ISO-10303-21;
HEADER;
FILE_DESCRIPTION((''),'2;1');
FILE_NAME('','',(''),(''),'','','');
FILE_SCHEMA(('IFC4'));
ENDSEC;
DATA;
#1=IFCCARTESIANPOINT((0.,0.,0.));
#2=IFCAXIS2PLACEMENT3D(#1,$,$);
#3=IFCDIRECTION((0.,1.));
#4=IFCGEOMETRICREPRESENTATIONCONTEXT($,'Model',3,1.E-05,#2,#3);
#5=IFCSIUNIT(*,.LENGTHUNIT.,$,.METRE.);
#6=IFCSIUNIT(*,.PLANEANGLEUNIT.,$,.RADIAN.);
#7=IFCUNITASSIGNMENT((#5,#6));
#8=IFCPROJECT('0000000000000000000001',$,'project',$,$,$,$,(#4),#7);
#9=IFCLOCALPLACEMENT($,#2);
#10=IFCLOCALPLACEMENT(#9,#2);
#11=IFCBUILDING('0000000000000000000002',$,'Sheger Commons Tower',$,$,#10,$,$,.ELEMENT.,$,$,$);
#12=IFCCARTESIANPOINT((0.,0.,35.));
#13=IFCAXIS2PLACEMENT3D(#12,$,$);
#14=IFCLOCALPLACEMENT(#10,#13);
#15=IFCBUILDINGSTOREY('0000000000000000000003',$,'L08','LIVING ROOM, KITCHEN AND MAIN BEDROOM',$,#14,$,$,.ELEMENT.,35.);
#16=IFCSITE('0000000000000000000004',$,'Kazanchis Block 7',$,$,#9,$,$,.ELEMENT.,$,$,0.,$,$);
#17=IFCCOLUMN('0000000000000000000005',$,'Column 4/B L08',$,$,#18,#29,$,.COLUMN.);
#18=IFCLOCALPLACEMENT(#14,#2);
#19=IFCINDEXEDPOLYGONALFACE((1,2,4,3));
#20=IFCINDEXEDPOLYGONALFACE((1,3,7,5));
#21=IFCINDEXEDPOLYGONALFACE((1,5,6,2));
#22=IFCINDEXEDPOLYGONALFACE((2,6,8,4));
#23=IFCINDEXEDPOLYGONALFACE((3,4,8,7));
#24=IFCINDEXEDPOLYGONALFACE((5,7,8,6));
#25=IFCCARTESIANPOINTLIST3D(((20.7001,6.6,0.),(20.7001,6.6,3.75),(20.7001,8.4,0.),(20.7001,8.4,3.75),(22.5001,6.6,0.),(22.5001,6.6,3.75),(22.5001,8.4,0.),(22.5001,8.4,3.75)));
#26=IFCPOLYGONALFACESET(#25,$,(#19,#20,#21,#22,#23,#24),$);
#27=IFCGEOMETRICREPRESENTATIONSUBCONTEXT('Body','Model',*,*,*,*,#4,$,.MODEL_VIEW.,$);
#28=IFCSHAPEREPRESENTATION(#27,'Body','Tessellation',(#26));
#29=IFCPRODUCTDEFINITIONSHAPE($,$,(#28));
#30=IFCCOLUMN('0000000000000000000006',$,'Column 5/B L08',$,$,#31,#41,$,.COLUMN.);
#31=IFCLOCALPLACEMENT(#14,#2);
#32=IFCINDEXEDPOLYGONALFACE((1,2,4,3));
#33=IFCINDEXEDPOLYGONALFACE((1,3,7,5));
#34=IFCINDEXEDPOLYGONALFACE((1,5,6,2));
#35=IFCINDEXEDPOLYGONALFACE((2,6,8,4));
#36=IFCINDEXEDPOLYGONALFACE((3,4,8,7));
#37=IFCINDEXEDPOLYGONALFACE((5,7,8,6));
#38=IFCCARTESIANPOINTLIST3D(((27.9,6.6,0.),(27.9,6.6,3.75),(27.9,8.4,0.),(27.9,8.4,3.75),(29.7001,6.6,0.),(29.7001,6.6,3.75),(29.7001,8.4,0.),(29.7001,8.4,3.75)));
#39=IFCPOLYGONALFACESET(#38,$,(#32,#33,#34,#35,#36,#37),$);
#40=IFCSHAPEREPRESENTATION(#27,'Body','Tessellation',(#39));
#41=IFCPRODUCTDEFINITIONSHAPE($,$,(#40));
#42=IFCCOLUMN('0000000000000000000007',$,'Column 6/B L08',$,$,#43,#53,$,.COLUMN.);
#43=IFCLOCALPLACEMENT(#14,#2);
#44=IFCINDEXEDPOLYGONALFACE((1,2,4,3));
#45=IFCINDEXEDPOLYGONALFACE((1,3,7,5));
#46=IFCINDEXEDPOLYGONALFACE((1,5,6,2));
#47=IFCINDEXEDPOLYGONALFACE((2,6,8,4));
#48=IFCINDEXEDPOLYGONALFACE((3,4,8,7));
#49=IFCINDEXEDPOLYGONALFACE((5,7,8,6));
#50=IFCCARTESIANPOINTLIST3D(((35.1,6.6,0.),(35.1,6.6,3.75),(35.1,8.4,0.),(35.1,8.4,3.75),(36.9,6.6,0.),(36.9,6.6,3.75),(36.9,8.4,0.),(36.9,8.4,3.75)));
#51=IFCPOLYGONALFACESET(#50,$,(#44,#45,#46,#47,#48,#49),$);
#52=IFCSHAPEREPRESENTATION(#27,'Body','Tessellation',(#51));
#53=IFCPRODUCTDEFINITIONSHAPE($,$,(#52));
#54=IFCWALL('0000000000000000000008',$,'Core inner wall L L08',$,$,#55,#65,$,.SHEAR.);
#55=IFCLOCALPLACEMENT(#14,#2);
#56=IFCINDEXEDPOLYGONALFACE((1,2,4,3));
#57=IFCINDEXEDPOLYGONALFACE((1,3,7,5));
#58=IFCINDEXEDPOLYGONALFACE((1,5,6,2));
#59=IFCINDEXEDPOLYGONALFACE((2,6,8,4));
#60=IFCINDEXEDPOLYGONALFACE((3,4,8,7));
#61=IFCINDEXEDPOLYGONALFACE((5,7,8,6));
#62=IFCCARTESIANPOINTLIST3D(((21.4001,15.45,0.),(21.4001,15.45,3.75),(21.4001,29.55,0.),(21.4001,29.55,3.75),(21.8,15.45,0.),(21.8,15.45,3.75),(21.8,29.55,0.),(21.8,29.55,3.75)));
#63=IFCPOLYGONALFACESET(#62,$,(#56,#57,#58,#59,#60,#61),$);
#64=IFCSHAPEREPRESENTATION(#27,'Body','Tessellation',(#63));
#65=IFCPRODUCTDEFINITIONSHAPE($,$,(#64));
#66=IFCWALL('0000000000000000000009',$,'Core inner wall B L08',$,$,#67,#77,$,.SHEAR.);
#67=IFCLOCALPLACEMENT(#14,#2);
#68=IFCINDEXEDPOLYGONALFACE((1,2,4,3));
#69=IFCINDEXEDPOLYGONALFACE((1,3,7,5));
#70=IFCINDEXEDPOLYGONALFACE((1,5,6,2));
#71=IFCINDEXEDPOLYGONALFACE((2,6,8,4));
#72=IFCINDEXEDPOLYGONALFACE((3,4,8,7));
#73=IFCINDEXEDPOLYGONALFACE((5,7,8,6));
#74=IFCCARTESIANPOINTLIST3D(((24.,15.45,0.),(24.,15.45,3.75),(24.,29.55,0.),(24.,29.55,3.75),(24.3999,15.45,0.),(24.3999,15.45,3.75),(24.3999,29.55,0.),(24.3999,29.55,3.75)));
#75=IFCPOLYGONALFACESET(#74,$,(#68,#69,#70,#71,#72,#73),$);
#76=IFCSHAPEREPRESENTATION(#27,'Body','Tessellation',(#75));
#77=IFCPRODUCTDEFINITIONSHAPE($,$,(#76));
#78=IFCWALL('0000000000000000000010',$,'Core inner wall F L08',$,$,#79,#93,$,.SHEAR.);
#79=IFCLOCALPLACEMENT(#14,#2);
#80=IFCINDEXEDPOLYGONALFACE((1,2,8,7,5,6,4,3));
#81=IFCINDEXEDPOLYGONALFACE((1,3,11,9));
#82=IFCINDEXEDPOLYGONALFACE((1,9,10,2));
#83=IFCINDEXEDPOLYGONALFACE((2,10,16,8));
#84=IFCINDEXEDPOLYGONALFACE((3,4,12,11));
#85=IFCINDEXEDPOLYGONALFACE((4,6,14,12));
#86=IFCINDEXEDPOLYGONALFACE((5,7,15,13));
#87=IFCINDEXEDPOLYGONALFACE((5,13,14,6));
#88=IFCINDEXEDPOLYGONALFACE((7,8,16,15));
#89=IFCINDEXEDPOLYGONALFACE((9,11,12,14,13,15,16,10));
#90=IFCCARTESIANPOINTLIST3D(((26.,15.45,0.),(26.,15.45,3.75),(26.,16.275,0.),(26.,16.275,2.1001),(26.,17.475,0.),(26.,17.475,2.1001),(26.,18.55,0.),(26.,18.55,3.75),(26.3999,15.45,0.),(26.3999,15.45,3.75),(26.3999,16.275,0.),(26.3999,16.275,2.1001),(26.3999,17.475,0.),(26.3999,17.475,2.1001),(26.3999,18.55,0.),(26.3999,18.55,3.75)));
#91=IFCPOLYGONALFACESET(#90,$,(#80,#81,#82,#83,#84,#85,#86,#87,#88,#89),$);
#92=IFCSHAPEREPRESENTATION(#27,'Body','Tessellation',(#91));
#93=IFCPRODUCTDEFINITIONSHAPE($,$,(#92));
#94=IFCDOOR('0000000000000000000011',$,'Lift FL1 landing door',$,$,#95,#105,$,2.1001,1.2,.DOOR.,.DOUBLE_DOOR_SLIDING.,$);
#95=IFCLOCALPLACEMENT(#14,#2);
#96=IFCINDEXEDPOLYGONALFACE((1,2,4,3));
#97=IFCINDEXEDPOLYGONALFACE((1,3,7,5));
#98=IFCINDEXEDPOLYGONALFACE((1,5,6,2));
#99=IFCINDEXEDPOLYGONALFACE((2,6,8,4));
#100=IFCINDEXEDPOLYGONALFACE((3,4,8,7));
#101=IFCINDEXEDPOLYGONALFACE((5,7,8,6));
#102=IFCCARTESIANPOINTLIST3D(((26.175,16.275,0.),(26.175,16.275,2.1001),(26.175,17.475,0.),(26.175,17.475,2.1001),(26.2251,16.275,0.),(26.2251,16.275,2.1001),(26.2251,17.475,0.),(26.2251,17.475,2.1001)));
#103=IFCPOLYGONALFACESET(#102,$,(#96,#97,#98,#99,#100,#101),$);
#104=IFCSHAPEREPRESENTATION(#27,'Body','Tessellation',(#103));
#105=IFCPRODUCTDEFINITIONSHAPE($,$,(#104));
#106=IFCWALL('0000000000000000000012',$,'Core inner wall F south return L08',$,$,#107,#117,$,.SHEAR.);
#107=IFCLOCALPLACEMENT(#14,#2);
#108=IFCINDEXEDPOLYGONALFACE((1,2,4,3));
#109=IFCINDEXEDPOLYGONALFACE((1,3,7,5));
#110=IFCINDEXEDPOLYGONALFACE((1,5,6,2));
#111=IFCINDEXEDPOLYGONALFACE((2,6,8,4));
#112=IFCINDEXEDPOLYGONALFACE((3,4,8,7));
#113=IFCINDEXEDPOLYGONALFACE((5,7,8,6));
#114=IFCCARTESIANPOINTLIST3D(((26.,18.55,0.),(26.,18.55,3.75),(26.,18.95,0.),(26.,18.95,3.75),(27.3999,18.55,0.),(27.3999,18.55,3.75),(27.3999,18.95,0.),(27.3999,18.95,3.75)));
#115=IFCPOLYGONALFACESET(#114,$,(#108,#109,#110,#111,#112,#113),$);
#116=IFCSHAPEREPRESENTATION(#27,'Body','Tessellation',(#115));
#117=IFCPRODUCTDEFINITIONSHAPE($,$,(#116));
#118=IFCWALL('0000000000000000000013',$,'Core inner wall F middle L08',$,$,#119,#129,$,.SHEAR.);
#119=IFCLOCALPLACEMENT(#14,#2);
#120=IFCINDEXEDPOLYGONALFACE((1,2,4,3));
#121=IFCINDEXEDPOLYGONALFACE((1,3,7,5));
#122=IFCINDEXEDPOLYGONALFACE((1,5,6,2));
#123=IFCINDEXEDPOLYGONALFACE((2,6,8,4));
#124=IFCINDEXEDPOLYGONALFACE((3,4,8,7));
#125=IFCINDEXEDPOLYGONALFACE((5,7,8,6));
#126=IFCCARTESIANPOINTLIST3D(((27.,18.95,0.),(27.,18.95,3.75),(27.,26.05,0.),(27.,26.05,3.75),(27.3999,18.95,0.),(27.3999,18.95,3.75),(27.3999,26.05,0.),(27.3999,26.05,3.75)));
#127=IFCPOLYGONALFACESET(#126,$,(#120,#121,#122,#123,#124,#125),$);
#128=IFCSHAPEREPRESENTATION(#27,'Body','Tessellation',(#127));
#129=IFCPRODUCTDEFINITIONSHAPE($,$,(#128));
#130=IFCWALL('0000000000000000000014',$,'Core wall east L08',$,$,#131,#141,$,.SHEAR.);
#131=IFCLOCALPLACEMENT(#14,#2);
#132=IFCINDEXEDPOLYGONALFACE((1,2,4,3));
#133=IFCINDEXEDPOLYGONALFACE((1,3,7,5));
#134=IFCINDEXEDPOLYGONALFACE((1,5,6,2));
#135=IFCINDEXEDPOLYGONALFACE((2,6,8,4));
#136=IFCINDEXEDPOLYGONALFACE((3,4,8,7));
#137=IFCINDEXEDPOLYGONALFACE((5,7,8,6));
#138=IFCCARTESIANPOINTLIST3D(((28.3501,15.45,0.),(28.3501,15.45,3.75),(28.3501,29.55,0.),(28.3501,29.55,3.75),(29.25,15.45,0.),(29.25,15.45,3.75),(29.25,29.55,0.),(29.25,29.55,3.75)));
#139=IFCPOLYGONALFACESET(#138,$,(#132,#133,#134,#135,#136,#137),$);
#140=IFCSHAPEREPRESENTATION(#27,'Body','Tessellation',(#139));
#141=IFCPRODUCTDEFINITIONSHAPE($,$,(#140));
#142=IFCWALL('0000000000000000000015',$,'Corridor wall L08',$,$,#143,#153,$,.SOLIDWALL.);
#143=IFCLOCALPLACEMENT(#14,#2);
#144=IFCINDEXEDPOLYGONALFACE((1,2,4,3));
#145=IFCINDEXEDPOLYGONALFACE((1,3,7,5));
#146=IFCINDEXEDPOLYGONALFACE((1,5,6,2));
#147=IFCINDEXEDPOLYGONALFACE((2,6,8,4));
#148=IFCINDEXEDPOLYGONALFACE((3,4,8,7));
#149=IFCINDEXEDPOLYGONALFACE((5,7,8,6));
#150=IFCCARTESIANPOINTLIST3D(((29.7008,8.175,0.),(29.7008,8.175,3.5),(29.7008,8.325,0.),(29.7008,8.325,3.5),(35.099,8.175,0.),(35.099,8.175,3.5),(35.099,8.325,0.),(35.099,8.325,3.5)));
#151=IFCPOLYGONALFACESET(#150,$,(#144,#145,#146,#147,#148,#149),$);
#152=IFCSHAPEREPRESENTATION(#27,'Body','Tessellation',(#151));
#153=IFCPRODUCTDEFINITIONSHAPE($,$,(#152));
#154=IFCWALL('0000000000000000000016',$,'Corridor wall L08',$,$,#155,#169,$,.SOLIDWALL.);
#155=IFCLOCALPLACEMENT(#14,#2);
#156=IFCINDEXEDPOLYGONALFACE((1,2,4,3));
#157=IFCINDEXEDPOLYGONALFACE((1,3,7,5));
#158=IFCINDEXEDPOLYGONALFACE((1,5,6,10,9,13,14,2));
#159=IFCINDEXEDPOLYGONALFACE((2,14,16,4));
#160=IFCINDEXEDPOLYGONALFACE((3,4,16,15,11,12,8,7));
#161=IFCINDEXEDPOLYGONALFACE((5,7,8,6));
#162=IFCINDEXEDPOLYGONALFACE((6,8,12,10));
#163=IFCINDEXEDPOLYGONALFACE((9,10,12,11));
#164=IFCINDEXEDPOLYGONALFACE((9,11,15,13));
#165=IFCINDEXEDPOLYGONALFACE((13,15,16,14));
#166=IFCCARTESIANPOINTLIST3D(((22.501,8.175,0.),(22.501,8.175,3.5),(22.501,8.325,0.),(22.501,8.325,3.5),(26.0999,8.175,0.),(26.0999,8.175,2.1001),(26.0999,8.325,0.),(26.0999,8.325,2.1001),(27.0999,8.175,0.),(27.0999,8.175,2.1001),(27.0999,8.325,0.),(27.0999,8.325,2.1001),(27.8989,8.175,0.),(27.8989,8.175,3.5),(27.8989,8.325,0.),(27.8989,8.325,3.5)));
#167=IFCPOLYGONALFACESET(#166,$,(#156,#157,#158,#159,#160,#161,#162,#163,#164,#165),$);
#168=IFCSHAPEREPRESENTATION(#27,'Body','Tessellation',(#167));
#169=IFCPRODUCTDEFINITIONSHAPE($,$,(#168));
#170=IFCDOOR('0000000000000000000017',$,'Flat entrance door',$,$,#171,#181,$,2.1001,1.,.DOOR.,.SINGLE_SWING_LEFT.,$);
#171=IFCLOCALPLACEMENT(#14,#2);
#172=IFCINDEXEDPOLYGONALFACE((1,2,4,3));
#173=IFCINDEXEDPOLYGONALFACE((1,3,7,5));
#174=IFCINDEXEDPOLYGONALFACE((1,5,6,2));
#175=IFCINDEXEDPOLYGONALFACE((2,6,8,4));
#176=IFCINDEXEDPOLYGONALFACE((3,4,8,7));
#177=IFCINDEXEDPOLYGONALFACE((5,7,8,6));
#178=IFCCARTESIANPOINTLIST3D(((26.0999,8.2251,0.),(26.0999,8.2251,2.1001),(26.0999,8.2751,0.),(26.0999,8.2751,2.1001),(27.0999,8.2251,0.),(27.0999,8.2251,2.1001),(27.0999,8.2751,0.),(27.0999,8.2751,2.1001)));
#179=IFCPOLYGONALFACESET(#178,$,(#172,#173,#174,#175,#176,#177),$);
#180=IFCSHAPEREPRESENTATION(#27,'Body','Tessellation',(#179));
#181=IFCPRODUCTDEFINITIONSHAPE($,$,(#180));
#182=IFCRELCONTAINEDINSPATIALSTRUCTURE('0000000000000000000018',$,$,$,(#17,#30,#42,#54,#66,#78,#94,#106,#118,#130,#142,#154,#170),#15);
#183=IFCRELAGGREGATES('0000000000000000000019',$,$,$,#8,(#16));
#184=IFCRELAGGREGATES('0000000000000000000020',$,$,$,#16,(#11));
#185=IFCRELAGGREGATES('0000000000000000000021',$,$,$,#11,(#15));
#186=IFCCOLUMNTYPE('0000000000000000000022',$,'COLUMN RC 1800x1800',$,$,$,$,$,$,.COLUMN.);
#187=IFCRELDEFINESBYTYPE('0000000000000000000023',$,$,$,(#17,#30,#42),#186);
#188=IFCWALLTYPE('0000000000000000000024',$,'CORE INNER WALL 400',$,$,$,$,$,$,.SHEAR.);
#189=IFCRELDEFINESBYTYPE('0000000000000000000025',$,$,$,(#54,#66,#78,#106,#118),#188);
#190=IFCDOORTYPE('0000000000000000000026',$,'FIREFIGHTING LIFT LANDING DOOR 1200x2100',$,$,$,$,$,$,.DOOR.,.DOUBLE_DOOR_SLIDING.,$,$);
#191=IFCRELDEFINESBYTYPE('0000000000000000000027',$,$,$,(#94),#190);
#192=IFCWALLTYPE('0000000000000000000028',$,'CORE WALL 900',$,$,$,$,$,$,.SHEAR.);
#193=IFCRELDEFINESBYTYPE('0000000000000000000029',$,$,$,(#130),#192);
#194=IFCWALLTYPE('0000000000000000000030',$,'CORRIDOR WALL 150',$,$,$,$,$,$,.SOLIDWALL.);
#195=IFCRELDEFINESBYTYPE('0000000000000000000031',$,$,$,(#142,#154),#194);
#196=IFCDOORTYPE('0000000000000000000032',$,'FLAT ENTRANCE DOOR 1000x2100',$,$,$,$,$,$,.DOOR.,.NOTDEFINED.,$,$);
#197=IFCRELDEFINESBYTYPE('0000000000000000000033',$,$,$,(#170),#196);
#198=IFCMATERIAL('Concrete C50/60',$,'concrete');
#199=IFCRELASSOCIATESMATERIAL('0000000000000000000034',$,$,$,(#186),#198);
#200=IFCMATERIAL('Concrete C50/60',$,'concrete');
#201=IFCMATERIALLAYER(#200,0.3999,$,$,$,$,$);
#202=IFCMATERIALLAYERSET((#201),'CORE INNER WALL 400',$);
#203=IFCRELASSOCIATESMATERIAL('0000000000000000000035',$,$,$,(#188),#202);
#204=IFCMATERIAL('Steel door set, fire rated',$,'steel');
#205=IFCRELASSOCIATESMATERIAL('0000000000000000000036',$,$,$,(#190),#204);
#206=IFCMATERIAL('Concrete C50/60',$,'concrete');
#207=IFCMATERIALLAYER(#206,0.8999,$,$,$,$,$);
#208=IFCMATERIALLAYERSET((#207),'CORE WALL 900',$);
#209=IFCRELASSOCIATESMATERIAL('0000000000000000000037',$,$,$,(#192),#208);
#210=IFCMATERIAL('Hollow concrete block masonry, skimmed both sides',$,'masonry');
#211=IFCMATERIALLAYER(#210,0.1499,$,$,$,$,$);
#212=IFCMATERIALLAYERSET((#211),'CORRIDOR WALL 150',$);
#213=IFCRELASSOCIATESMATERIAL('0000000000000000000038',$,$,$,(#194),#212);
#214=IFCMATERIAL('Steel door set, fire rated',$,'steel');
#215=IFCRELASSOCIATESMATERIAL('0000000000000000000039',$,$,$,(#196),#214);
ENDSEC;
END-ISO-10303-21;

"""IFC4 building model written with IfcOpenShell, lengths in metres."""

from ifc_helpers import new_model, si_unit, direction, frame, frame_2d, origin, origin_2d, place, context, subcontext, project, spatial, rectangle, extrude, material, layer, layer_set, material_profile, profile_set, type_object, element, fill, save


model = new_model("IFC4")

# Units and contexts
model_context = context("Model", 3, precision=1e-05, world=origin(), true_north=direction((0.0, 1.0)))
body_context = subcontext(model_context, "Body", "Model", "MODEL_VIEW")
ifc_project = project(units=[si_unit("LENGTHUNIT", "METRE"), si_unit("PLANEANGLEUNIT", "RADIAN")], contexts=[model_context])

# Site, building, storey
site_placement = place(None, origin())
site = spatial("IfcSite", under=ifc_project, at=site_placement, Name="Kazanchis Block 7", CompositionType="ELEMENT", RefElevation=0.0)
building_placement = place(site_placement, origin())
building = spatial("IfcBuilding", under=site, at=building_placement, Name="Sheger Commons Tower", CompositionType="ELEMENT")
storey_placement = place(building_placement, frame((0.0, 0.0, 35.0)))
storey = spatial("IfcBuildingStorey", under=building, at=storey_placement, Name="L08", Description="LIVING ROOM, KITCHEN AND MAIN BEDROOM", CompositionType="ELEMENT", Elevation=35.0)

# Columns
ifc_material_1 = material(Name="Concrete C50/60", Category="concrete")
ifc_material_profile = material_profile(ifc_material_1, rectangle(XDim=1.8, YDim=1.8, at=origin_2d()), Name="RC 1800x1800")
ifc_profile_set = profile_set([ifc_material_profile], Name="Concrete C50/60")
column_type = type_object("IfcColumnType", Name="COLUMN RC 1800x1800", PredefinedType="COLUMN", material=ifc_profile_set)
for number, where, z_axis, x_axis, name in (
    (1, (21.6001, 7.5, 0.0), (0.0, 0.0, 1.0), (1.0, 0.0, 0.0), "Column 4/B L08"),
    (2, (28.8, 7.5, 0.0), (0.0, 0.0, 1.0), (1.0, 0.0, 0.0), "Column 5/B L08"),
    (3, (36.0, 7.5, 0.0), (0.0, 0.0, 1.0), (1.0, 0.0, 0.0), "Column 6/B L08"),
):
    element("IfcColumn", number, at=place(storey_placement, frame(where, z_axis=z_axis, x_axis=x_axis)), inside=storey, type_object=column_type, Name=name, PredefinedType="COLUMN", context=body_context, shape_type="SweptSolid", body=[
        extrude(rectangle(XDim=1.8, YDim=1.8, at=origin_2d()), origin(), (0.0, 0.0, 1.0), 3.75),
    ])

# Walls
ifc_material_2 = material(Name="Concrete C50/60", Category="concrete")
ifc_layer_1 = layer(ifc_material_2, 0.3999)
ifc_layer_set_1 = layer_set([ifc_layer_1], Name="CORE INNER WALL 400")
wall_type_1 = type_object("IfcWallType", Name="CORE INNER WALL 400", PredefinedType="SHEAR", material=ifc_layer_set_1)
for number, where, z_axis, x_axis, name in (
    (4, (21.6001, 15.45, 0.0), (0.0, 0.0, 1.0), (0.0, 1.0, 0.0), "Core inner wall L L08"),
    (5, (24.2, 15.45, 0.0), (0.0, 0.0, 1.0), (0.0, 1.0, 0.0), "Core inner wall B L08"),
):
    element("IfcWall", number, at=place(storey_placement, frame(where, z_axis=z_axis, x_axis=x_axis)), inside=storey, type_object=wall_type_1, Name=name, PredefinedType="SHEAR", context=body_context, shape_type="SweptSolid", body=[
        extrude(rectangle(XDim=14.1001, YDim=0.3999, at=frame_2d((7.05, 0.0))), origin(), (0.0, 0.0, 1.0), 3.75),
    ])

# Wall, opening, door
wall_1_placement = place(storey_placement, frame((26.2, 15.45, 0.0), z_axis=(0.0, 0.0, 1.0), x_axis=(0.0, 1.0, 0.0)))
wall_1 = element("IfcWall", 6, at=wall_1_placement, inside=storey, type_object=wall_type_1, Name="Core inner wall F L08", PredefinedType="SHEAR", context=body_context, shape_type="SweptSolid", body=[
    extrude(rectangle(XDim=3.1001, YDim=0.3999, at=frame_2d((1.55, 0.0))), origin(), (0.0, 0.0, 1.0), 3.75),
])
opening_1_placement = place(wall_1_placement, frame((0.825, 0.0, 0.0)))
opening_1 = element("IfcOpeningElement", 7, at=opening_1_placement, cuts=wall_1, PredefinedType="OPENING", context=body_context, shape_type="SweptSolid", body=[
    extrude(rectangle(XDim=1.2, YDim=2.1001, at=frame_2d((0.6001, 1.05))), frame((0.0, 0.21, 0.0), z_axis=(0.0, -1.0, 0.0), x_axis=(1.0, 0.0, 0.0)), (0.0, 0.0, 1.0), 0.4199),
])
ifc_material_3 = material(Name="Steel door set, fire rated", Category="steel")
door_type_1 = type_object("IfcDoorType", Name="FIREFIGHTING LIFT LANDING DOOR 1200x2100", OperationType="DOUBLE_DOOR_SLIDING", PredefinedType="DOOR", material=ifc_material_3)
door_1_placement = place(opening_1_placement, origin())
door_1 = element("IfcDoor", 8, at=door_1_placement, inside=storey, type_object=door_type_1, Name="Lift FL1 landing door", OperationType="DOUBLE_DOOR_SLIDING", OverallHeight=2.1001, OverallWidth=1.2, PredefinedType="DOOR", context=body_context, shape_type="SweptSolid", body=[
    extrude(rectangle(XDim=1.2, YDim=2.1001, at=frame_2d((0.6001, 1.05))), frame((0.0, 0.0249, 0.0), z_axis=(0.0, -1.0, 0.0), x_axis=(1.0, 0.0, 0.0)), (0.0, 0.0, 1.0), 0.05),
])
fill(opening_1, door_1)

# Walls
wall_2_placement = place(storey_placement, frame((26.0, 18.75, 0.0), z_axis=(0.0, 0.0, 1.0), x_axis=(1.0, 0.0, 0.0)))
element("IfcWall", 9, at=wall_2_placement, inside=storey, type_object=wall_type_1, Name="Core inner wall F south return L08", PredefinedType="SHEAR", context=body_context, shape_type="SweptSolid", body=[
    extrude(rectangle(XDim=1.3999, YDim=0.3999, at=frame_2d((0.7, 0.0))), origin(), (0.0, 0.0, 1.0), 3.75),
])
wall_3_placement = place(storey_placement, frame((27.2, 18.95, 0.0), z_axis=(0.0, 0.0, 1.0), x_axis=(0.0, 1.0, 0.0)))
element("IfcWall", 10, at=wall_3_placement, inside=storey, type_object=wall_type_1, Name="Core inner wall F middle L08", PredefinedType="SHEAR", context=body_context, shape_type="SweptSolid", body=[
    extrude(rectangle(XDim=7.1001, YDim=0.3999, at=frame_2d((3.55, 0.0))), origin(), (0.0, 0.0, 1.0), 3.75),
])
ifc_material_4 = material(Name="Concrete C50/60", Category="concrete")
ifc_layer_2 = layer(ifc_material_4, 0.8999)
ifc_layer_set_2 = layer_set([ifc_layer_2], Name="CORE WALL 900")
wall_type_2 = type_object("IfcWallType", Name="CORE WALL 900", PredefinedType="SHEAR", material=ifc_layer_set_2)
wall_4_placement = place(storey_placement, frame((28.8, 15.45, 0.0), z_axis=(0.0, 0.0, 1.0), x_axis=(0.0, 1.0, 0.0)))
element("IfcWall", 11, at=wall_4_placement, inside=storey, type_object=wall_type_2, Name="Core wall east L08", PredefinedType="SHEAR", context=body_context, shape_type="SweptSolid", body=[
    extrude(rectangle(XDim=14.1001, YDim=0.8999, at=frame_2d((7.05, 0.0))), origin(), (0.0, 0.0, 1.0), 3.75),
])
ifc_material_5 = material(Name="Hollow concrete block masonry, skimmed both sides", Category="masonry")
ifc_layer_3 = layer(ifc_material_5, 0.1499)
ifc_layer_set_3 = layer_set([ifc_layer_3], Name="CORRIDOR WALL 150")
wall_type_3 = type_object("IfcWallType", Name="CORRIDOR WALL 150", PredefinedType="SOLIDWALL", material=ifc_layer_set_3)
wall_5_placement = place(storey_placement, frame((35.0991, 8.25, 0.0), z_axis=(0.0, 0.0, 1.0), x_axis=(-1.0, 0.0, 0.0)))
element("IfcWall", 12, at=wall_5_placement, inside=storey, type_object=wall_type_3, Name="Corridor wall L08", PredefinedType="SOLIDWALL", context=body_context, shape_type="SweptSolid", body=[
    extrude(rectangle(XDim=5.3982, YDim=0.1499, at=frame_2d((2.6992, 0.0))), origin(), (0.0, 0.0, 1.0), 3.5),
])

# Wall, opening, door
wall_6_placement = place(storey_placement, frame((27.8989, 8.25, 0.0), z_axis=(0.0, 0.0, 1.0), x_axis=(-1.0, 0.0, 0.0)))
wall_6 = element("IfcWall", 13, at=wall_6_placement, inside=storey, type_object=wall_type_3, Name="Corridor wall L08", PredefinedType="SOLIDWALL", context=body_context, shape_type="SweptSolid", body=[
    extrude(rectangle(XDim=5.3979, YDim=0.1499, at=frame_2d((2.699, 0.0))), origin(), (0.0, 0.0, 1.0), 3.5),
])
opening_2_placement = place(wall_6_placement, frame((0.7991, 0.0, 0.0)))
opening_2 = element("IfcOpeningElement", 14, at=opening_2_placement, cuts=wall_6, PredefinedType="OPENING", context=body_context, shape_type="SweptSolid", body=[
    extrude(rectangle(XDim=1.0, YDim=2.1001, at=frame_2d((0.5, 1.05))), frame((0.0, 0.085, 0.0), z_axis=(0.0, -1.0, 0.0), x_axis=(1.0, 0.0, 0.0)), (0.0, 0.0, 1.0), 0.1699),
])
ifc_material_6 = material(Name="Steel door set, fire rated", Category="steel")
door_type_2 = type_object("IfcDoorType", Name="FLAT ENTRANCE DOOR 1000x2100", OperationType="NOTDEFINED", PredefinedType="DOOR", material=ifc_material_6)
door_2_placement = place(opening_2_placement, origin())
door_2 = element("IfcDoor", 15, at=door_2_placement, inside=storey, type_object=door_type_2, Name="Flat entrance door", OperationType="SINGLE_SWING_LEFT", OverallHeight=2.1001, OverallWidth=1.0, PredefinedType="DOOR", context=body_context, shape_type="SweptSolid", body=[
    extrude(rectangle(XDim=1.0, YDim=2.1001, at=frame_2d((0.5, 1.05))), frame((0.0, 0.0249, 0.0), z_axis=(0.0, -1.0, 0.0), x_axis=(1.0, 0.0, 0.0)), (0.0, 0.0, 1.0), 0.05),
])
fill(opening_2, door_2)

save(model, "model.ifc")
